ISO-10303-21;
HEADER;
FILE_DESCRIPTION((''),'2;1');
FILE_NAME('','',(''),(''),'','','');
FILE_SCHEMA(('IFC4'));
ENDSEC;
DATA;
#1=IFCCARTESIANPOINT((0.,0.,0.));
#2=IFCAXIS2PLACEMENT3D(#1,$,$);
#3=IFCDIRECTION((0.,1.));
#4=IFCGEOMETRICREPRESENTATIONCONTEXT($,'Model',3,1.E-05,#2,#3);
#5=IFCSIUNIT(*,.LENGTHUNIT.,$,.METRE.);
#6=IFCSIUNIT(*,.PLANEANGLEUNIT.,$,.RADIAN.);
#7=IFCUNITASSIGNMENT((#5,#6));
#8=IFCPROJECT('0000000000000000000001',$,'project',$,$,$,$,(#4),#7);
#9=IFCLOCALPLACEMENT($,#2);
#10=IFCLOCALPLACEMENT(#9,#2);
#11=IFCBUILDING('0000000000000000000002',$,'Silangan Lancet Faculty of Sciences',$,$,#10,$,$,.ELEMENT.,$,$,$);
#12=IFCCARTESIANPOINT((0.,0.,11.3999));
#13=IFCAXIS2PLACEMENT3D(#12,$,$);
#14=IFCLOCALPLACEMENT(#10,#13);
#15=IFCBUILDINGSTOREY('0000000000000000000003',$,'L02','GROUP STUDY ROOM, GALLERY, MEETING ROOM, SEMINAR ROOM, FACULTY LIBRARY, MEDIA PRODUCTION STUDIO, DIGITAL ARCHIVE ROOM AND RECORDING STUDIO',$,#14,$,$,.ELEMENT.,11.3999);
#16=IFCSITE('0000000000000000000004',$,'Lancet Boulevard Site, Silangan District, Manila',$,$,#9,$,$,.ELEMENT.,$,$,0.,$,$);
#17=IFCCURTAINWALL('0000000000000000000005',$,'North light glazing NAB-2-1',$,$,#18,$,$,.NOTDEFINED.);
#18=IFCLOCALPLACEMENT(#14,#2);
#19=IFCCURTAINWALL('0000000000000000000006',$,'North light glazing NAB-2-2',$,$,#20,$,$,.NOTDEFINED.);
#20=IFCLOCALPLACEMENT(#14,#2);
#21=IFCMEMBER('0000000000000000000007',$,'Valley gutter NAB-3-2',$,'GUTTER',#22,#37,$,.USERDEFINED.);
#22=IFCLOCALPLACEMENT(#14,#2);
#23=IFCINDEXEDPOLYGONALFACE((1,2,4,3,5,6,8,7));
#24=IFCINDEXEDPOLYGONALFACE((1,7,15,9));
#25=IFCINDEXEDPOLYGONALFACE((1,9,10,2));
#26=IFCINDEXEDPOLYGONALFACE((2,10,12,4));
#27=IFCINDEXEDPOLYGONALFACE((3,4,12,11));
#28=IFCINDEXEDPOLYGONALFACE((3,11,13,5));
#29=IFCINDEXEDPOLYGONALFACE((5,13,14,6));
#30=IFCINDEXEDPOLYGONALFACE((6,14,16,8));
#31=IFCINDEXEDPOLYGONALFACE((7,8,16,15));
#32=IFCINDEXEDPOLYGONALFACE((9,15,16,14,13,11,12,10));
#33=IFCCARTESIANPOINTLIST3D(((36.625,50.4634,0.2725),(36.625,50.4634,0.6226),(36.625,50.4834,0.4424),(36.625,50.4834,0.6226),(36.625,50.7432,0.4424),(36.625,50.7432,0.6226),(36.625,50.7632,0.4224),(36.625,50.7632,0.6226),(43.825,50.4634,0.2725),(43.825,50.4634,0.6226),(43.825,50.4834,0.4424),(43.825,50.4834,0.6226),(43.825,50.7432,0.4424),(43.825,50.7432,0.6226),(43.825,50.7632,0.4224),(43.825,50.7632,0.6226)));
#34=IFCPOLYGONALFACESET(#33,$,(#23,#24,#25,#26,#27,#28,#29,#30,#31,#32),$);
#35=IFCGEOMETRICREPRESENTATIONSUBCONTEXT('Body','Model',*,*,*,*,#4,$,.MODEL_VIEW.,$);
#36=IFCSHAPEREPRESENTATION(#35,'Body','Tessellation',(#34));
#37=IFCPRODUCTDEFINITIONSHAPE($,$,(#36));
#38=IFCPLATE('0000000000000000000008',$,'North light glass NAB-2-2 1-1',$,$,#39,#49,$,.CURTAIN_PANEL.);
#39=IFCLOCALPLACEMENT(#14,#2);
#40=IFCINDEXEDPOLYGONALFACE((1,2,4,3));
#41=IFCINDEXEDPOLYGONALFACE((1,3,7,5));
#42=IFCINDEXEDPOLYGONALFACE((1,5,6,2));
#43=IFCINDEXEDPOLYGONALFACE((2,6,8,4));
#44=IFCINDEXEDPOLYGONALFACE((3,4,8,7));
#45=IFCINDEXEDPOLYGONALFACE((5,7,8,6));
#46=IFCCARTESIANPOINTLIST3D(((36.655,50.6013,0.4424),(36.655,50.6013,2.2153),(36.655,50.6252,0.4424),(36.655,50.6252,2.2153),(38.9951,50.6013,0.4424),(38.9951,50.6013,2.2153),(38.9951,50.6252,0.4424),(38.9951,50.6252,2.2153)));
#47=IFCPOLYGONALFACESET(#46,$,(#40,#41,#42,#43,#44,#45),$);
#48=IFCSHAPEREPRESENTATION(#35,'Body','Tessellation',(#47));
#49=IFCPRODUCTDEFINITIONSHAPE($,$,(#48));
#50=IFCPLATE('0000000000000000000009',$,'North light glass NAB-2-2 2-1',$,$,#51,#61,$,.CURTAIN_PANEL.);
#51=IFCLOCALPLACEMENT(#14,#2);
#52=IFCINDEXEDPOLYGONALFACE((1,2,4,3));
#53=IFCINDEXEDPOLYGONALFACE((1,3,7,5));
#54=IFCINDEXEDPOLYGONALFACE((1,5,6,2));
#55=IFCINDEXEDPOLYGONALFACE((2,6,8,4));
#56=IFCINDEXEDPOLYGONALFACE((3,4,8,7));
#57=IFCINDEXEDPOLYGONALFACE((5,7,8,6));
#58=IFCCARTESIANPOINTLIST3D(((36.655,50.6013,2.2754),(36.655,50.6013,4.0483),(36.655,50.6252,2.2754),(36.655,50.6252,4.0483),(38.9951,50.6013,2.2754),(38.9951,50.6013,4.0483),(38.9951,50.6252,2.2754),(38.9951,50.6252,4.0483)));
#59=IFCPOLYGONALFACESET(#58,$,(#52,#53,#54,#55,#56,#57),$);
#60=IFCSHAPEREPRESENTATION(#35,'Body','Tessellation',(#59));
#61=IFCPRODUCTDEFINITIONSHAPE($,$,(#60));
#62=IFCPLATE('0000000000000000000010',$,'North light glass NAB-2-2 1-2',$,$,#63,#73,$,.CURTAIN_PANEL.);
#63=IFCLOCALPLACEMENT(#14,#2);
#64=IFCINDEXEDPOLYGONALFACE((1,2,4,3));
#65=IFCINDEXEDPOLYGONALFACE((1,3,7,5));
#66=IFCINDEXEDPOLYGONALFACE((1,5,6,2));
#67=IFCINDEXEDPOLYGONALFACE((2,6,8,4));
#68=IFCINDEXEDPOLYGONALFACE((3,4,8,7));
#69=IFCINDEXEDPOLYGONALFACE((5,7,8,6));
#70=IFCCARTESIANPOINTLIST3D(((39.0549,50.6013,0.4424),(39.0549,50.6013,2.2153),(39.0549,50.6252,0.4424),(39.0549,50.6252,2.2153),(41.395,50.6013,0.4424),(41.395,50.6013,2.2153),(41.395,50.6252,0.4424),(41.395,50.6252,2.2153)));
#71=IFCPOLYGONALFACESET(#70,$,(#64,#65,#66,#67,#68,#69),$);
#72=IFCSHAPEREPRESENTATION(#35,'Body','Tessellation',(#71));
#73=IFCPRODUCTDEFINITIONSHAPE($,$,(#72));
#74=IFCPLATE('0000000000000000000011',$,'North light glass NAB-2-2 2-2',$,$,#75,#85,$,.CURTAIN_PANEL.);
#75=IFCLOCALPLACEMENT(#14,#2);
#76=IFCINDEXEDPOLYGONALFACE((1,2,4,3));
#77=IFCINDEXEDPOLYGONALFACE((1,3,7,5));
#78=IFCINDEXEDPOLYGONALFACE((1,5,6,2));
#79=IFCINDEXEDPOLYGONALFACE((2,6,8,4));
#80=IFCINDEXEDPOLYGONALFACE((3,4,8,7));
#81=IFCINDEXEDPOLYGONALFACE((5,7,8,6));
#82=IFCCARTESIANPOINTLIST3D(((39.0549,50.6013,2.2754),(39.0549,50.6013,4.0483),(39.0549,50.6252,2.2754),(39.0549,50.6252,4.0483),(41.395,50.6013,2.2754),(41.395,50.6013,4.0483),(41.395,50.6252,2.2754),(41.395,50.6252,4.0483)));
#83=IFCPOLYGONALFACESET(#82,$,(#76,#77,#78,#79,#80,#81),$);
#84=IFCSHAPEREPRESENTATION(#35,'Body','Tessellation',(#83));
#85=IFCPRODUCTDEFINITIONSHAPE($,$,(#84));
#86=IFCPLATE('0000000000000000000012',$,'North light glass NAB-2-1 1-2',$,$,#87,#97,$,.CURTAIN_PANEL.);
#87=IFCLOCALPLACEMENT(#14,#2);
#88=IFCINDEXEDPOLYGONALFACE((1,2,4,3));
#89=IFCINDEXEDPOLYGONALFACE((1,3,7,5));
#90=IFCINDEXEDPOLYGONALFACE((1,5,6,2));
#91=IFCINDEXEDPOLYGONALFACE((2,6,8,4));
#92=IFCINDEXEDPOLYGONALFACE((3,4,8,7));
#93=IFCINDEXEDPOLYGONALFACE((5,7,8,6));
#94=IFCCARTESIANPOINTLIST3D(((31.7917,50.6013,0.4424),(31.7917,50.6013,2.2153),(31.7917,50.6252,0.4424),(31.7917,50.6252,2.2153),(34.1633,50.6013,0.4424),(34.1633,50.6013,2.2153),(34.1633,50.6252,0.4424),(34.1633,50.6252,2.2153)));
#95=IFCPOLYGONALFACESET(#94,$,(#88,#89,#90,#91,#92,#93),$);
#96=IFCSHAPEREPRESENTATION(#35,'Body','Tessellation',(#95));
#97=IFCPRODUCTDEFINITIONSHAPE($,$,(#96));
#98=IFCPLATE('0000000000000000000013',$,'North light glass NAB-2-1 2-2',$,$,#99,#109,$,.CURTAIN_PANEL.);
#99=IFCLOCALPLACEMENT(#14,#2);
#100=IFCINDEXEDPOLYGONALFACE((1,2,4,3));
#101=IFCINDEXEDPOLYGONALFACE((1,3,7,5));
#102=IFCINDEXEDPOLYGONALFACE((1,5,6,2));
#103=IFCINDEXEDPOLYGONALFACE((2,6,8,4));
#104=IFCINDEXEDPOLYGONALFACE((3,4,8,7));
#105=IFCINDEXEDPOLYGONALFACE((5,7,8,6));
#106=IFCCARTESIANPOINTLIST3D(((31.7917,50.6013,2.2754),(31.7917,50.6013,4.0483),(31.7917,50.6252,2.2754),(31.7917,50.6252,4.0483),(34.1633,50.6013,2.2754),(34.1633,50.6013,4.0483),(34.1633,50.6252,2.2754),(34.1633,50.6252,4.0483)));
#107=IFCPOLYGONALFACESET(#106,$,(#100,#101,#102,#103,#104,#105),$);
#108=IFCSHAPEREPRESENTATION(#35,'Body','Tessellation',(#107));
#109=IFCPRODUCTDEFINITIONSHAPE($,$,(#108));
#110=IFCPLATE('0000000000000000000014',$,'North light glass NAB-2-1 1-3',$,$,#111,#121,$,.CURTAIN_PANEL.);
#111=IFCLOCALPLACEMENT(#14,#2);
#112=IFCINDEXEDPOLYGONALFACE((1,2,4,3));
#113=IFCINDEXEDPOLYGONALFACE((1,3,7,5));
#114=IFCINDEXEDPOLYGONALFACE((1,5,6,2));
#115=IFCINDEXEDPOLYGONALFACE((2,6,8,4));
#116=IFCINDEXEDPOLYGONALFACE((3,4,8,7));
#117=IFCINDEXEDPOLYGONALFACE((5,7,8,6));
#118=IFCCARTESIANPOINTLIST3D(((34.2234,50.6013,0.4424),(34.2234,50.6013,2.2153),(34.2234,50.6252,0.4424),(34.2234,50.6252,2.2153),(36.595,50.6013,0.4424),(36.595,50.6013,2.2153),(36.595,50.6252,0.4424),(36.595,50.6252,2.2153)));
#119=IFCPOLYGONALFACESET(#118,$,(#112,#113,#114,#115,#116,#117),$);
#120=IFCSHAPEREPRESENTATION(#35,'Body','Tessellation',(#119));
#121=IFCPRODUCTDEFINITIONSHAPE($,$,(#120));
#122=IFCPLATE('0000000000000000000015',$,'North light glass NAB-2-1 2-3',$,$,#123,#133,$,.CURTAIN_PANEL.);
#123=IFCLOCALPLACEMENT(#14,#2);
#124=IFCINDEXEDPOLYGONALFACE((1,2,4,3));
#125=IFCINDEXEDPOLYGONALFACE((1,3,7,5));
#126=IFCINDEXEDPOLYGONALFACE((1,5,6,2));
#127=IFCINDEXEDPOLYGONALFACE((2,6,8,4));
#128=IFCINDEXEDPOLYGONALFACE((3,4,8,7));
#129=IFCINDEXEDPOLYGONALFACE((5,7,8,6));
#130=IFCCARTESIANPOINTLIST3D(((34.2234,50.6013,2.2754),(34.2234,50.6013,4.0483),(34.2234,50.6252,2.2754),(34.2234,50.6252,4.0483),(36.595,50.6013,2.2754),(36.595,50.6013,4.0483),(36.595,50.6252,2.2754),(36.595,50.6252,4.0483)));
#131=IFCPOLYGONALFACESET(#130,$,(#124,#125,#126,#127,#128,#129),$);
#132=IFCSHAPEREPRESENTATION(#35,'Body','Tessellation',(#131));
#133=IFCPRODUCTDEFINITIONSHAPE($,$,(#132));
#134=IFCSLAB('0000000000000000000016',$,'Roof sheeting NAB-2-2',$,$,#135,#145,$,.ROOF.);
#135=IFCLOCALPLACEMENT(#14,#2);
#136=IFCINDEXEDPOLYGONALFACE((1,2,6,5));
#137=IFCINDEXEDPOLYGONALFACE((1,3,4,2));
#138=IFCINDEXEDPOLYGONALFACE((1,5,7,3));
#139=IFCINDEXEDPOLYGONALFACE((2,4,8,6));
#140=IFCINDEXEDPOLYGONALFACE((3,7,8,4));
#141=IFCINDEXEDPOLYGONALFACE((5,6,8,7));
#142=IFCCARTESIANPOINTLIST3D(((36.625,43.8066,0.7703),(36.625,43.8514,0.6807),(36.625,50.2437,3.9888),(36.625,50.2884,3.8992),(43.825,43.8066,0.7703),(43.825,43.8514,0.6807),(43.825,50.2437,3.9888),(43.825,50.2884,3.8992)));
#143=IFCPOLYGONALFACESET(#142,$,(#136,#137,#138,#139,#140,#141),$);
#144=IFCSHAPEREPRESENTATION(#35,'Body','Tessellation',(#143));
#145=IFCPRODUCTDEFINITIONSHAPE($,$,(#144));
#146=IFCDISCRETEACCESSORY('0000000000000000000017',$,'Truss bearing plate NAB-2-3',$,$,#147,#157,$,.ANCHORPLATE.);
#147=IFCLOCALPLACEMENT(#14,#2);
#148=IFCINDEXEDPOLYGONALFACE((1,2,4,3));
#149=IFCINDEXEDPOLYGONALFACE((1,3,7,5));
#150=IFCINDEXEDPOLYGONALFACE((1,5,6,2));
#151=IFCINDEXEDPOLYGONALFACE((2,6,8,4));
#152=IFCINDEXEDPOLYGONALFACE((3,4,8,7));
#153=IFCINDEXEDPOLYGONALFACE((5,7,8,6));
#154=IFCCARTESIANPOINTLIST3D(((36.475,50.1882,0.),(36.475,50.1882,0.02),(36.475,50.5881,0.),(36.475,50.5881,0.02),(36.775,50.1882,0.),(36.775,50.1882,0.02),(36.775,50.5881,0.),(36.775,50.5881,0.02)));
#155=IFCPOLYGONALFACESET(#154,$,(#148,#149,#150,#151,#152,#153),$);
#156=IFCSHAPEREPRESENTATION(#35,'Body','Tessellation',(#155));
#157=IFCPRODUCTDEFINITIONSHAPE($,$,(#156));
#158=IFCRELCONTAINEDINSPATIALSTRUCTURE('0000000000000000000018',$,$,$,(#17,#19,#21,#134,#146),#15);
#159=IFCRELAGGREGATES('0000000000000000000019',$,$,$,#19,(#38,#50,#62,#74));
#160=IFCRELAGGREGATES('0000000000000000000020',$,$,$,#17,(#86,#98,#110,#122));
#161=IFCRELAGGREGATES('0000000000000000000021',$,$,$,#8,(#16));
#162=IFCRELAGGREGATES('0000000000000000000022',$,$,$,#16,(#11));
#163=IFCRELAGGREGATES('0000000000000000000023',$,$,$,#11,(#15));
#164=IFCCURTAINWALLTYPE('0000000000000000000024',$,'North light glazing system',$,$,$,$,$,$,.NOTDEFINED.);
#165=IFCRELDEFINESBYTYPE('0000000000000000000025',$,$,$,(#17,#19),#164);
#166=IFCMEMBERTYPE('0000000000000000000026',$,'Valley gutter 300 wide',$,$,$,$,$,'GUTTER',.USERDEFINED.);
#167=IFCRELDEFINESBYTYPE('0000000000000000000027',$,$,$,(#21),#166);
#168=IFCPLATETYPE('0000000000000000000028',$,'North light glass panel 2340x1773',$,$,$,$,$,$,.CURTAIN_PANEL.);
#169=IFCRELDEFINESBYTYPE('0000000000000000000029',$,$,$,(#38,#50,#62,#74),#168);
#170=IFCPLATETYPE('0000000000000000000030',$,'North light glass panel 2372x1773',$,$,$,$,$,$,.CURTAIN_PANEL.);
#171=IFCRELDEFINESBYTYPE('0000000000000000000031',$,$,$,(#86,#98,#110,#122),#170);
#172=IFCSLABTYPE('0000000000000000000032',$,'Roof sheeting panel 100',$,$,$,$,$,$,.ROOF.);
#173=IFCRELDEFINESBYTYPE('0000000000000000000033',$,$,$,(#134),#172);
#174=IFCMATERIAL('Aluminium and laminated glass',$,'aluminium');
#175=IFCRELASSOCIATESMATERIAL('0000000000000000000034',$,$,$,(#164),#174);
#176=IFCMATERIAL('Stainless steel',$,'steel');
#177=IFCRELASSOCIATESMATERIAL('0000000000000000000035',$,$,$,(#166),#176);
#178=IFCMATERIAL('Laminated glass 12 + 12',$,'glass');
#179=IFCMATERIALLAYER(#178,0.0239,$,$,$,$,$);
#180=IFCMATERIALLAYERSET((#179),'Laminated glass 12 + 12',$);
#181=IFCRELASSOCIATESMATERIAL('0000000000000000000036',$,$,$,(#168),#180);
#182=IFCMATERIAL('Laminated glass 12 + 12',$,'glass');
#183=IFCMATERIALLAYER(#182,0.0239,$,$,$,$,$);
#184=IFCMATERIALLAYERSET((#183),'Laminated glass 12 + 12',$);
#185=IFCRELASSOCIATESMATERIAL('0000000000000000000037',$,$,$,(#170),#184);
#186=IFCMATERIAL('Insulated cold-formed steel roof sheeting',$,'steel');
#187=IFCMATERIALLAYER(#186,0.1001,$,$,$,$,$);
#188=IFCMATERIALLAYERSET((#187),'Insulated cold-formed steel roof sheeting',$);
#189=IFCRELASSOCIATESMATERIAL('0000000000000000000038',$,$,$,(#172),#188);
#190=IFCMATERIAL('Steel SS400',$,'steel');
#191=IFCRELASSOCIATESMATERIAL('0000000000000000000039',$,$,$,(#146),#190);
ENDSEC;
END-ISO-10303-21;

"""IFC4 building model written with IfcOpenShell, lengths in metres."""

from ifc_helpers import new_model, si_unit, direction, frame, origin, origin_2d, place, context, subcontext, project, spatial, polyline, rectangle, outline, extrude, material, layer, layer_set, material_profile, profile_set, type_object, element, aggregate, save


model = new_model("IFC4")

# Units and contexts
model_context = context("Model", 3, precision=1e-05, world=origin(), true_north=direction((0.0, 1.0)))
body_context = subcontext(model_context, "Body", "Model", "MODEL_VIEW")
ifc_project = project(units=[si_unit("LENGTHUNIT", "METRE"), si_unit("PLANEANGLEUNIT", "RADIAN")], contexts=[model_context])

# Site, building, storey
site_placement = place(None, origin())
site = spatial("IfcSite", under=ifc_project, at=site_placement, Name="Lancet Boulevard Site, Silangan District, Manila", CompositionType="ELEMENT", RefElevation=0.0)
building_placement = place(site_placement, origin())
building = spatial("IfcBuilding", under=site, at=building_placement, Name="Silangan Lancet Faculty of Sciences", CompositionType="ELEMENT")
storey_placement = place(building_placement, frame((0.0, 0.0, 11.3999)))
storey = spatial("IfcBuildingStorey", under=building, at=storey_placement, Name="L02", Description="GROUP STUDY ROOM, GALLERY, MEETING ROOM, SEMINAR ROOM, FACULTY LIBRARY, MEDIA PRODUCTION STUDIO, DIGITAL ARCHIVE ROOM AND RECORDING STUDIO", CompositionType="ELEMENT", Elevation=11.3999)

# Curtain walls
ifc_material_1 = material(Name="Aluminium and laminated glass", Category="aluminium")
curtain_wall_type = type_object("IfcCurtainWallType", Name="North light glazing system", PredefinedType="NOTDEFINED", material=ifc_material_1)
curtain_wall_1_placement = place(storey_placement, origin())
curtain_wall_1 = element("IfcCurtainWall", 1, at=curtain_wall_1_placement, inside=storey, type_object=curtain_wall_type, Name="North light glazing NAB-2-1", PredefinedType="NOTDEFINED")
curtain_wall_2_placement = place(storey_placement, origin())
curtain_wall_2 = element("IfcCurtainWall", 2, at=curtain_wall_2_placement, inside=storey, type_object=curtain_wall_type, Name="North light glazing NAB-2-2", PredefinedType="NOTDEFINED")

# Member
ifc_material_2 = material(Name="Stainless steel", Category="steel")
ifc_material_profile_1 = material_profile(ifc_material_2, outline(polyline([(-0.1499, 0.0), (0.1499, 0.1499), (0.1499, 0.3501), (0.1299, 0.3501), (0.1299, 0.1699), (-0.1299, 0.1699), (-0.1299, 0.3501), (-0.1499, 0.3501), (-0.1499, 0.0)])), Name="valley gutter")
ifc_profile_set_1 = profile_set([ifc_material_profile_1], Name="Stainless steel")
member_type_1 = type_object("IfcMemberType", Name="Valley gutter 300 wide", ElementType="GUTTER", PredefinedType="USERDEFINED", material=ifc_profile_set_1)
member_1_placement = place(storey_placement, frame((36.625, 50.6133, 0.2725), z_axis=(1.0, 0.0, 0.0), x_axis=(0.0, 1.0, 0.0)))
element("IfcMember", 3, at=member_1_placement, inside=storey, type_object=member_type_1, Name="Valley gutter NAB-3-2", ObjectType="GUTTER", PredefinedType="USERDEFINED", context=body_context, shape_type="SweptSolid", body=[
    extrude(outline(polyline([(-0.1499, 0.0), (0.1499, 0.1499), (0.1499, 0.3501), (0.1299, 0.3501), (0.1299, 0.1699), (-0.1299, 0.1699), (-0.1299, 0.3501), (-0.1499, 0.3501), (-0.1499, 0.0)])), origin(), (0.0, 0.0, 1.0), 7.2),
])

# Plates
ifc_material_3 = material(Name="Laminated glass 12 + 12", Category="glass")
ifc_layer_1 = layer(ifc_material_3, 0.0239)
ifc_layer_set_1 = layer_set([ifc_layer_1], Name="Laminated glass 12 + 12")
plate_type_1 = type_object("IfcPlateType", Name="North light glass panel 2340x1773", PredefinedType="CURTAIN_PANEL", material=ifc_layer_set_1)
plate_1_placement = place(storey_placement, frame((36.655, 50.6013, 0.4424), z_axis=(0.0, -1.0, 0.0), x_axis=(1.0, 0.0, 0.0)))
plate_1 = element("IfcPlate", 4, at=plate_1_placement, type_object=plate_type_1, Name="North light glass NAB-2-2 1-1", PredefinedType="CURTAIN_PANEL", context=body_context, shape_type="SweptSolid", body=[
    extrude(outline(polyline([(0.0, 0.0), (2.3401, 0.0), (2.3401, 1.7729), (0.0, 1.7729), (0.0, 0.0)])), origin(), (0.0, 0.0, -1.0), 0.0239),
])
plate_2_placement = place(storey_placement, frame((36.655, 50.6013, 2.2754), z_axis=(0.0, -1.0, 0.0), x_axis=(1.0, 0.0, 0.0)))
plate_2 = element("IfcPlate", 5, at=plate_2_placement, type_object=plate_type_1, Name="North light glass NAB-2-2 2-1", PredefinedType="CURTAIN_PANEL", context=body_context, shape_type="SweptSolid", body=[
    extrude(outline(polyline([(0.0, 0.0), (2.3401, 0.0), (2.3401, 1.7729), (0.0, 1.7729), (0.0, 0.0)])), origin(), (0.0, 0.0, -1.0), 0.0239),
])
plate_3_placement = place(storey_placement, frame((39.0549, 50.6013, 0.4424), z_axis=(0.0, -1.0, 0.0), x_axis=(1.0, 0.0, 0.0)))
plate_3 = element("IfcPlate", 6, at=plate_3_placement, type_object=plate_type_1, Name="North light glass NAB-2-2 1-2", PredefinedType="CURTAIN_PANEL", context=body_context, shape_type="SweptSolid", body=[
    extrude(outline(polyline([(0.0, 0.0), (2.3401, 0.0), (2.3401, 1.7729), (0.0, 1.7729), (0.0, 0.0)])), origin(), (0.0, 0.0, -1.0), 0.0239),
])
plate_4_placement = place(storey_placement, frame((39.0549, 50.6013, 2.2754), z_axis=(0.0, -1.0, 0.0), x_axis=(1.0, 0.0, 0.0)))
plate_4 = element("IfcPlate", 7, at=plate_4_placement, type_object=plate_type_1, Name="North light glass NAB-2-2 2-2", PredefinedType="CURTAIN_PANEL", context=body_context, shape_type="SweptSolid", body=[
    extrude(outline(polyline([(0.0, 0.0), (2.3401, 0.0), (2.3401, 1.7729), (0.0, 1.7729), (0.0, 0.0)])), origin(), (0.0, 0.0, -1.0), 0.0239),
])
aggregate(curtain_wall_2, [plate_1, plate_2, plate_3, plate_4])
ifc_material_4 = material(Name="Laminated glass 12 + 12", Category="glass")
ifc_layer_2 = layer(ifc_material_4, 0.0239)
ifc_layer_set_2 = layer_set([ifc_layer_2], Name="Laminated glass 12 + 12")
plate_type_2 = type_object("IfcPlateType", Name="North light glass panel 2372x1773", PredefinedType="CURTAIN_PANEL", material=ifc_layer_set_2)
plate_5_placement = place(storey_placement, frame((31.7917, 50.6013, 0.4424), z_axis=(0.0, -1.0, 0.0), x_axis=(1.0, 0.0, 0.0)))
plate_5 = element("IfcPlate", 8, at=plate_5_placement, type_object=plate_type_2, Name="North light glass NAB-2-1 1-2", PredefinedType="CURTAIN_PANEL", context=body_context, shape_type="SweptSolid", body=[
    extrude(outline(polyline([(0.0, 0.0), (2.3716, 0.0), (2.3716, 1.7729), (0.0, 1.7729), (0.0, 0.0)])), origin(), (0.0, 0.0, -1.0), 0.0239),
])
plate_6_placement = place(storey_placement, frame((31.7917, 50.6013, 2.2754), z_axis=(0.0, -1.0, 0.0), x_axis=(1.0, 0.0, 0.0)))
plate_6 = element("IfcPlate", 9, at=plate_6_placement, type_object=plate_type_2, Name="North light glass NAB-2-1 2-2", PredefinedType="CURTAIN_PANEL", context=body_context, shape_type="SweptSolid", body=[
    extrude(outline(polyline([(0.0, 0.0), (2.3716, 0.0), (2.3716, 1.7729), (0.0, 1.7729), (0.0, 0.0)])), origin(), (0.0, 0.0, -1.0), 0.0239),
])
plate_7_placement = place(storey_placement, frame((34.2234, 50.6013, 0.4424), z_axis=(0.0, -1.0, 0.0), x_axis=(1.0, 0.0, 0.0)))
plate_7 = element("IfcPlate", 10, at=plate_7_placement, type_object=plate_type_2, Name="North light glass NAB-2-1 1-3", PredefinedType="CURTAIN_PANEL", context=body_context, shape_type="SweptSolid", body=[
    extrude(outline(polyline([(0.0, 0.0), (2.3716, 0.0), (2.3716, 1.7729), (0.0, 1.7729), (0.0, 0.0)])), origin(), (0.0, 0.0, -1.0), 0.0239),
])
plate_8_placement = place(storey_placement, frame((34.2234, 50.6013, 2.2754), z_axis=(0.0, -1.0, 0.0), x_axis=(1.0, 0.0, 0.0)))
plate_8 = element("IfcPlate", 11, at=plate_8_placement, type_object=plate_type_2, Name="North light glass NAB-2-1 2-3", PredefinedType="CURTAIN_PANEL", context=body_context, shape_type="SweptSolid", body=[
    extrude(outline(polyline([(0.0, 0.0), (2.3716, 0.0), (2.3716, 1.7729), (0.0, 1.7729), (0.0, 0.0)])), origin(), (0.0, 0.0, -1.0), 0.0239),
])
aggregate(curtain_wall_1, [plate_5, plate_6, plate_7, plate_8])

# Slab
ifc_material_5 = material(Name="Insulated cold-formed steel roof sheeting", Category="steel")
ifc_layer_3 = layer(ifc_material_5, 0.1001)
ifc_layer_set_3 = layer_set([ifc_layer_3], Name="Insulated cold-formed steel roof sheeting")
slab_type = type_object("IfcSlabType", Name="Roof sheeting panel 100", PredefinedType="ROOF", material=ifc_layer_set_3)
slab_placement = place(storey_placement, frame((36.625, 43.8066, 0.7703), z_axis=(0.0, -0.447214, 0.894427), x_axis=(1.0, 0.0, 0.0)))
element("IfcSlab", 12, at=slab_placement, inside=storey, type_object=slab_type, Name="Roof sheeting NAB-2-2", PredefinedType="ROOF", context=body_context, shape_type="SweptSolid", body=[
    extrude(outline(polyline([(0.0, 0.0), (7.2, 0.0), (7.2, 7.1968), (0.0, 7.1968), (0.0, 0.0)])), origin(), (0.0, 0.0, -1.0), 0.1001),
])

# Discrete accessory
ifc_material_6 = material(Name="Steel SS400", Category="steel")
discrete_accessory_placement = place(storey_placement, frame((36.625, 50.3882, 0.0), z_axis=(0.0, 0.0, 1.0), x_axis=(1.0, 0.0, 0.0)))
element("IfcDiscreteAccessory", 13, at=discrete_accessory_placement, inside=storey, material=ifc_material_6, Name="Truss bearing plate NAB-2-3", PredefinedType="ANCHORPLATE", context=body_context, shape_type="SweptSolid", body=[
    extrude(rectangle(XDim=0.3, YDim=0.3999, at=origin_2d()), origin(), (0.0, 0.0, 1.0), 0.02),
])

save(model, "model.ifc")
